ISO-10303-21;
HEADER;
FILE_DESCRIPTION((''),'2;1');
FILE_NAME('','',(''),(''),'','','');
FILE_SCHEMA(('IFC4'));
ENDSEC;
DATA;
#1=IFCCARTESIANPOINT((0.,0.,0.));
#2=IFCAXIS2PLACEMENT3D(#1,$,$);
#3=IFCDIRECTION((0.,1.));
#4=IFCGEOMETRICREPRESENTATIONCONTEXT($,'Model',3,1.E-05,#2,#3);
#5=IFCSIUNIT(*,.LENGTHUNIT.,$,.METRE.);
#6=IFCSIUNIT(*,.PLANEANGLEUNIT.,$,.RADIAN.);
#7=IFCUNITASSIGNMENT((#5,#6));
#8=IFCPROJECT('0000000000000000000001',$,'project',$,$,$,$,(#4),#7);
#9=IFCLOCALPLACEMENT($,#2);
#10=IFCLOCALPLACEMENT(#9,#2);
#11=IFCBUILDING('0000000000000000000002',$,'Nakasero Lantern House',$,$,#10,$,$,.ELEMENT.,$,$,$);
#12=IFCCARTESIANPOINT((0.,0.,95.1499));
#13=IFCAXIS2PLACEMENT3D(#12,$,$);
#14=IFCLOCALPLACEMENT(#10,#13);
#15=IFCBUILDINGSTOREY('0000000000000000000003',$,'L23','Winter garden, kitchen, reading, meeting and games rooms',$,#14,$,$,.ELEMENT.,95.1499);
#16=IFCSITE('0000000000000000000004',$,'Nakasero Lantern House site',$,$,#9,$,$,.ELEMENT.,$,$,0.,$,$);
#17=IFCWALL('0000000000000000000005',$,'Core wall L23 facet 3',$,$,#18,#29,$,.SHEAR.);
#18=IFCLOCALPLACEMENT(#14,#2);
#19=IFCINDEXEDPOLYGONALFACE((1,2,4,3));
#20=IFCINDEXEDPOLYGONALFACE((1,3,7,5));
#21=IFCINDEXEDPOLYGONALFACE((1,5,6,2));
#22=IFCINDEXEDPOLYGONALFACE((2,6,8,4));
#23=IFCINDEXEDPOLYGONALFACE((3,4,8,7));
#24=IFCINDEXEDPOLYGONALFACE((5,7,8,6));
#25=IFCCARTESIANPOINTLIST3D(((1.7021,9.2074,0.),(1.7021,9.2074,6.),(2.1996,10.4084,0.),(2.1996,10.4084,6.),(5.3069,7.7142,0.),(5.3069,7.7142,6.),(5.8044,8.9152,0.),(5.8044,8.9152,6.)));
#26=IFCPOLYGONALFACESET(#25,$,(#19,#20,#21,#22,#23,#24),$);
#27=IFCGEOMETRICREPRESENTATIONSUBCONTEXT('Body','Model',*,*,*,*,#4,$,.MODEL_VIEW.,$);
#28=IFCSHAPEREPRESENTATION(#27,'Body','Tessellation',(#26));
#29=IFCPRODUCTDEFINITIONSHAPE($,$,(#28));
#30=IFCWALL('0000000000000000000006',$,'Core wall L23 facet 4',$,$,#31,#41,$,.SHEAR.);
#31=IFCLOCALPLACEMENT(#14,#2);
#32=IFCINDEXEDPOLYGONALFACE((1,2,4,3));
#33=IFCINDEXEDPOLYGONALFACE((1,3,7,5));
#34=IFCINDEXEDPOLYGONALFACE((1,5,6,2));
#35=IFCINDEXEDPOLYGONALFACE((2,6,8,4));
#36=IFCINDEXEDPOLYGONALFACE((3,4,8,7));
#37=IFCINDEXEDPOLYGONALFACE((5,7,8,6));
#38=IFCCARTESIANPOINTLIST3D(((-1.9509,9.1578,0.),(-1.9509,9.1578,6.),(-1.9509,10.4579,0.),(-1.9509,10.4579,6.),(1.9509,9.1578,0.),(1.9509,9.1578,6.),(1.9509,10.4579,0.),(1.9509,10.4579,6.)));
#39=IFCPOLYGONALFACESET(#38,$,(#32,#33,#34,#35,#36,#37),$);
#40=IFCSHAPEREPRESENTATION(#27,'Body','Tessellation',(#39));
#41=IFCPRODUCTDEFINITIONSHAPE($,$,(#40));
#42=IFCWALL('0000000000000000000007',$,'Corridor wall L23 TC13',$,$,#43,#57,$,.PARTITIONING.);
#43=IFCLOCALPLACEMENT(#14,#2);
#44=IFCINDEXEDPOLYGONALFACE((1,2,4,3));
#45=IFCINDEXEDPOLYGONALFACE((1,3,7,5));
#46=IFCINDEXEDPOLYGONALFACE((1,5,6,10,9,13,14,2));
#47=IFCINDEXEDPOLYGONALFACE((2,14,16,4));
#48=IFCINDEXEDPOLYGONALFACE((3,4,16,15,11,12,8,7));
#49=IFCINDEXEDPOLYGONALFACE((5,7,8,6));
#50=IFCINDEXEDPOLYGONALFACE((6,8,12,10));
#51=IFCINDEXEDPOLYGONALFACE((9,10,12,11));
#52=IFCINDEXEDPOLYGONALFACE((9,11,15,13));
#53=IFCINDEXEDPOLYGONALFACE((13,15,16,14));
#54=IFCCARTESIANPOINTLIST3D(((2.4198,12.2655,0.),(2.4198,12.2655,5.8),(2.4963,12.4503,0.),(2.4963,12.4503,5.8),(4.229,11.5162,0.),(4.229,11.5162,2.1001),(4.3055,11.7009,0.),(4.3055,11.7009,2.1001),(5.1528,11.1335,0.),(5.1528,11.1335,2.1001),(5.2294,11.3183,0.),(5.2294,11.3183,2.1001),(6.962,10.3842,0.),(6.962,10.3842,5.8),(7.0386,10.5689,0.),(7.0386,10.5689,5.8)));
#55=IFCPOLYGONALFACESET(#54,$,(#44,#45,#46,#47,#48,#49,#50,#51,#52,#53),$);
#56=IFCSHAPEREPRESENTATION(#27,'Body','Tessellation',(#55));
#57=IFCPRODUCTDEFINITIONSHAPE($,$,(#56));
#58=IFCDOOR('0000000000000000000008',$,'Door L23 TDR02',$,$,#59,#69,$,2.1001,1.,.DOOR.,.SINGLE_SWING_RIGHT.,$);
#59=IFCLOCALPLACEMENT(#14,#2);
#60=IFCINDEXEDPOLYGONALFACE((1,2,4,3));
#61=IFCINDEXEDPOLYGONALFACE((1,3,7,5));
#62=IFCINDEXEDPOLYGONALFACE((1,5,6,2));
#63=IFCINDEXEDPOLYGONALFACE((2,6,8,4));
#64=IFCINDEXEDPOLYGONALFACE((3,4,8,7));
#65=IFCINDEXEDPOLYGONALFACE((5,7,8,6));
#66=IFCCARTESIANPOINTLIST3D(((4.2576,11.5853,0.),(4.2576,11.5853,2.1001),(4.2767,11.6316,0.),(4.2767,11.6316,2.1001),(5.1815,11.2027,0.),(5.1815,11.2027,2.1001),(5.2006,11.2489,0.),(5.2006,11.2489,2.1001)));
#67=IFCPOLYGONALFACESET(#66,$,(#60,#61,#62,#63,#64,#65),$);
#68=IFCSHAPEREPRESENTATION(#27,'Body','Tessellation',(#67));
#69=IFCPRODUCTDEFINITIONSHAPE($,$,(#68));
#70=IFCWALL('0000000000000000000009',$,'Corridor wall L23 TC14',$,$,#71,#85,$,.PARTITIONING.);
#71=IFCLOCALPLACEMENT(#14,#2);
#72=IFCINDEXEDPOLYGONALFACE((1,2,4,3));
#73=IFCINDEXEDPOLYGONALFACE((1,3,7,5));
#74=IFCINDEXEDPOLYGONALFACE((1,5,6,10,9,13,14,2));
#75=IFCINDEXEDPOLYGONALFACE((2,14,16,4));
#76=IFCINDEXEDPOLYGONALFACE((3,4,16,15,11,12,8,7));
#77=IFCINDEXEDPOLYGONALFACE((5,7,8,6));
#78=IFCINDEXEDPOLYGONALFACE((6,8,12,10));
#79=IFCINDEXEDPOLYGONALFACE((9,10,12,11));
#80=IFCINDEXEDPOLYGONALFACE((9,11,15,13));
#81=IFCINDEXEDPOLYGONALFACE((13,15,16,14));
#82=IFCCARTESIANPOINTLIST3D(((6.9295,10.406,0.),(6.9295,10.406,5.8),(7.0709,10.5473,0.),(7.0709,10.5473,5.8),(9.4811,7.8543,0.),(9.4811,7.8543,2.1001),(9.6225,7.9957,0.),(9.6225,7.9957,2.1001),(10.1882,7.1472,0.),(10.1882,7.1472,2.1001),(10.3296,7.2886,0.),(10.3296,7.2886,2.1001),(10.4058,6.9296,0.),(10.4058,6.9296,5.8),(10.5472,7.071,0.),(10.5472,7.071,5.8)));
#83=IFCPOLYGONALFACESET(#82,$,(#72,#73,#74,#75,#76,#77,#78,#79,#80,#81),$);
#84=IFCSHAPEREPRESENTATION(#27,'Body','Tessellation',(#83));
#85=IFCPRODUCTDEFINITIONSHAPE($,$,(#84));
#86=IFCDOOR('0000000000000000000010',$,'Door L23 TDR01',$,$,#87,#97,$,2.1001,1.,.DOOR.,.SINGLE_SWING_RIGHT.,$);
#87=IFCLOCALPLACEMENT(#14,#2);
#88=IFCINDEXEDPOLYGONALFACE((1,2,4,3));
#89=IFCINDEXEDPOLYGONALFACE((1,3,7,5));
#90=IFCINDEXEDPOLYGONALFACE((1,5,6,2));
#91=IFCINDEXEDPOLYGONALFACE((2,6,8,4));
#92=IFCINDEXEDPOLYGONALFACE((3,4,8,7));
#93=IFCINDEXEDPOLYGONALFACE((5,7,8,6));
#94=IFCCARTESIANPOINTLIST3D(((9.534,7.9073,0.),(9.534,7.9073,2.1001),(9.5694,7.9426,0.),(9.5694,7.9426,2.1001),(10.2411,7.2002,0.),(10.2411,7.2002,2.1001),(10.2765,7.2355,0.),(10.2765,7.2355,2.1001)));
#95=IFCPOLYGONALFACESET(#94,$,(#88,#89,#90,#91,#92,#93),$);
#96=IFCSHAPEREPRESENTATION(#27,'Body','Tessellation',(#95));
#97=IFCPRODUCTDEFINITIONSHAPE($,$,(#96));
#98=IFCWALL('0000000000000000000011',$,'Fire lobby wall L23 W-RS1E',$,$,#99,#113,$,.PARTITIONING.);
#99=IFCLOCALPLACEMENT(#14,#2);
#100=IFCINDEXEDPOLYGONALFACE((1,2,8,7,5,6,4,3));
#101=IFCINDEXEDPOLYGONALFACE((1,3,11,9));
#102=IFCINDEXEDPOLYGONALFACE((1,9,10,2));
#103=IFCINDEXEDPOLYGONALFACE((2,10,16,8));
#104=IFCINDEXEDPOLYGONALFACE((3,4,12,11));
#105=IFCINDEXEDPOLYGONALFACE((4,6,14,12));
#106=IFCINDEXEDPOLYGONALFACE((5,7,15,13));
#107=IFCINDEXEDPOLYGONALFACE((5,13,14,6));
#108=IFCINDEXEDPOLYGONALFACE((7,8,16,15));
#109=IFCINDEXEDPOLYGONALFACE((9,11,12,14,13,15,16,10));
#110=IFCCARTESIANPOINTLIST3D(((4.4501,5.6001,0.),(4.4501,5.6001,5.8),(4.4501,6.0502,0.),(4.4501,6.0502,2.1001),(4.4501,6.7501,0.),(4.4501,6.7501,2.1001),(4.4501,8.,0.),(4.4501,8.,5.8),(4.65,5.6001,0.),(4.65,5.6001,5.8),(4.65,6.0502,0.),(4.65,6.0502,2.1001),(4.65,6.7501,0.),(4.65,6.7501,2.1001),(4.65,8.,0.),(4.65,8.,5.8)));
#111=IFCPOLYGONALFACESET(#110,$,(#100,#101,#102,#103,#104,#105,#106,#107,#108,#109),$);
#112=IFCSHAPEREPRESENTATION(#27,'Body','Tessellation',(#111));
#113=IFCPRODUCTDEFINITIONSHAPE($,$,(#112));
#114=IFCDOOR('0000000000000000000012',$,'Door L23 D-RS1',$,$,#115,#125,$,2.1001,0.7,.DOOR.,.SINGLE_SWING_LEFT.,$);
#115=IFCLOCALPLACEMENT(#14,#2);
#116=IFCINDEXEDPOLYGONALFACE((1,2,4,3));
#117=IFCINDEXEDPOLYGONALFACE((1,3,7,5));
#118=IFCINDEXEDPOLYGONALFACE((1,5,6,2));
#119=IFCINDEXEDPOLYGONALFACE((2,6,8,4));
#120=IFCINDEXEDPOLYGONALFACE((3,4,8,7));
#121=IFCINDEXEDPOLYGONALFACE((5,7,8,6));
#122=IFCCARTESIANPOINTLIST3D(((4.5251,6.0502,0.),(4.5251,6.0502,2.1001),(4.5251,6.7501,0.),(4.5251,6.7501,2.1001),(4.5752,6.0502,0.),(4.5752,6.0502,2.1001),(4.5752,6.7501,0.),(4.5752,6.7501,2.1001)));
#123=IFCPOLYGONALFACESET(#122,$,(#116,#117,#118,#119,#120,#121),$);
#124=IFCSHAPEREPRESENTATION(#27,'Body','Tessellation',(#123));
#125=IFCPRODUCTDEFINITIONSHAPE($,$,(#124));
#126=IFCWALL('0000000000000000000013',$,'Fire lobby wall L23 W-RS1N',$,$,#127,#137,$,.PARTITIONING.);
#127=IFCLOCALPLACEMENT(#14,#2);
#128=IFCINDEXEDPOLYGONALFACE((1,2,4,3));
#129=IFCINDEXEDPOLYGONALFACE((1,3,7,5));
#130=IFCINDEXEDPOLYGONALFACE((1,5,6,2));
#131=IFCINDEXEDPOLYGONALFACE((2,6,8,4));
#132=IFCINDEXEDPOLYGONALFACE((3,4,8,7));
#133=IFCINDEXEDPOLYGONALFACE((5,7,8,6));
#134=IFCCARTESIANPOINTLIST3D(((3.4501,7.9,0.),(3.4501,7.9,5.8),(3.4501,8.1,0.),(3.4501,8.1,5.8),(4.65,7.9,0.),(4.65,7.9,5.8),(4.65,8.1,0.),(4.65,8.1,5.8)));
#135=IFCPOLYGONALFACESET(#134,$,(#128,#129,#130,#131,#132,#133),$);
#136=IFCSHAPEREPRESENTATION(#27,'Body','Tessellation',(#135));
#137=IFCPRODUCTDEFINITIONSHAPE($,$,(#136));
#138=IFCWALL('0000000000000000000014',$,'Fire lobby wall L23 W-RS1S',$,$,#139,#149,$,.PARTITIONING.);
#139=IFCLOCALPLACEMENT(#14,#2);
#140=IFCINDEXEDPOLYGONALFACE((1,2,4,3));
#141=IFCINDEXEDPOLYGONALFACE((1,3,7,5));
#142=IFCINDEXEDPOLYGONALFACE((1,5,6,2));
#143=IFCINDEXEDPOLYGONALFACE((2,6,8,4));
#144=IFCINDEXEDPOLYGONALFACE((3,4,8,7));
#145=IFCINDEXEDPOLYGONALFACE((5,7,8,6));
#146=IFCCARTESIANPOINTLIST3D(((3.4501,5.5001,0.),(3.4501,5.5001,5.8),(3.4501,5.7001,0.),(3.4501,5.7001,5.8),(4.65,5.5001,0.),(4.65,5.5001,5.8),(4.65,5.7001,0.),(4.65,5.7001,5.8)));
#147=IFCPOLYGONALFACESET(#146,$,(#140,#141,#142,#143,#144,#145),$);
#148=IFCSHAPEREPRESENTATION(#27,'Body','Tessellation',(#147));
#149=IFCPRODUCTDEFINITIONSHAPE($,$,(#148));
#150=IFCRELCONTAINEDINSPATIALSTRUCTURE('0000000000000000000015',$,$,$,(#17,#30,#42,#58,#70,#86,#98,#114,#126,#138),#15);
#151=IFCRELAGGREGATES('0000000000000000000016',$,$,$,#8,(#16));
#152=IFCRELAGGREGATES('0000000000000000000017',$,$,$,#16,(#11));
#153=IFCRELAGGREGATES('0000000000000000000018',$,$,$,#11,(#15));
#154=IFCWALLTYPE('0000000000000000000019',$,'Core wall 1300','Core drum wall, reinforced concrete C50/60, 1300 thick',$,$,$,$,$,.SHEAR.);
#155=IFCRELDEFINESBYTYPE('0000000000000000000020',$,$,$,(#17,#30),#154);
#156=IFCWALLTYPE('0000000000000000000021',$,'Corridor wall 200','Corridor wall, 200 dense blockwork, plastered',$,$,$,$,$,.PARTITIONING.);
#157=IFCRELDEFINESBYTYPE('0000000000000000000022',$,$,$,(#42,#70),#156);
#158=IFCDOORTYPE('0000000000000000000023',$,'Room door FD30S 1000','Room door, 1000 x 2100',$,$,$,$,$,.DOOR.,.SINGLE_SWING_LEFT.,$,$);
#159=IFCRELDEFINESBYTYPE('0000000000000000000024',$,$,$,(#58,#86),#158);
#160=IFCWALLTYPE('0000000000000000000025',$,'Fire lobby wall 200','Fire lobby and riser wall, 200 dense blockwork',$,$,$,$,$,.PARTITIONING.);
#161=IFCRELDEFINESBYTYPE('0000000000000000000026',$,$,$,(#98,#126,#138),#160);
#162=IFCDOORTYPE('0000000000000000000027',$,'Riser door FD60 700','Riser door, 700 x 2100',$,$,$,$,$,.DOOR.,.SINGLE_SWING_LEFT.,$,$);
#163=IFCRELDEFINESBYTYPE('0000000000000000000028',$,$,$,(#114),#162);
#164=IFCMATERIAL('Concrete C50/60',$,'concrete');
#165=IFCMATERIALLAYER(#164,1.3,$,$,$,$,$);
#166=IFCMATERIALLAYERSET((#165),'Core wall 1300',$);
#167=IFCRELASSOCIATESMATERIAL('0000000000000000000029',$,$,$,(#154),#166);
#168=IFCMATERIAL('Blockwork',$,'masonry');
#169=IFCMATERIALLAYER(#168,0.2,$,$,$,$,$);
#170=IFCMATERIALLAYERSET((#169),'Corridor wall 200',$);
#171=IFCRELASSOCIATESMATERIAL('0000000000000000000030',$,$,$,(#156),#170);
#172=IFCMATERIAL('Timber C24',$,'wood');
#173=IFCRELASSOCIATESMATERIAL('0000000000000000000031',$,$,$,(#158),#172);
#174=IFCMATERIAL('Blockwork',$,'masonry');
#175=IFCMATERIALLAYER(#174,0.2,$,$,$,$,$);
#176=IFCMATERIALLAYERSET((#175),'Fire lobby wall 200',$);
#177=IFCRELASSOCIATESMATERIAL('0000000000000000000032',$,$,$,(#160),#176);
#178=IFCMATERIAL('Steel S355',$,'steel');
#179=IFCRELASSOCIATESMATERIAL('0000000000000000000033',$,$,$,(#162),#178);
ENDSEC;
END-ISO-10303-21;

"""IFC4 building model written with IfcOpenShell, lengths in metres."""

from ifc_helpers import new_model, si_unit, direction, frame, frame_2d, origin, place, context, subcontext, project, spatial, rectangle, extrude, material, layer, layer_set, type_object, element, fill, save


model = new_model("IFC4")

# Units and contexts
model_context = context("Model", 3, precision=1e-05, world=origin(), true_north=direction((0.0, 1.0)))
body_context = subcontext(model_context, "Body", "Model", "MODEL_VIEW")
ifc_project = project(units=[si_unit("LENGTHUNIT", "METRE"), si_unit("PLANEANGLEUNIT", "RADIAN")], contexts=[model_context])

# Site, building, storey
site_placement = place(None, origin())
site = spatial("IfcSite", under=ifc_project, at=site_placement, Name="Nakasero Lantern House site", CompositionType="ELEMENT", RefElevation=0.0)
building_placement = place(site_placement, origin())
building = spatial("IfcBuilding", under=site, at=building_placement, Name="Nakasero Lantern House", CompositionType="ELEMENT")
storey_placement = place(building_placement, frame((0.0, 0.0, 95.1499)))
storey = spatial("IfcBuildingStorey", under=building, at=storey_placement, Name="L23", Description="Winter garden, kitchen, reading, meeting and games rooms", CompositionType="ELEMENT", Elevation=95.1499)

# Shared definitions
ifc_material_1 = material(Name="Concrete C50/60", Category="concrete")
ifc_layer_1 = layer(ifc_material_1, 1.3)
ifc_layer_set_1 = layer_set([ifc_layer_1], Name="Core wall 1300")
wall_type_1 = type_object("IfcWallType", Name="Core wall 1300", Description="Core drum wall, reinforced concrete C50/60, 1300 thick", PredefinedType="SHEAR", material=ifc_layer_set_1)

# Walls
for number, where, z_axis, x_axis, name in (
    (1, (5.5557, 8.3147, 0.0), (0.0, 0.0, 1.0), (-0.923877, 0.382691, 0.0), "Core wall L23 facet 3"),
    (2, (1.9509, 9.8079, 0.0), (0.0, 0.0, 1.0), (-1.0, 0.0, 0.0), "Core wall L23 facet 4"),
):
    element("IfcWall", number, at=place(storey_placement, frame(where, z_axis=z_axis, x_axis=x_axis)), inside=storey, type_object=wall_type_1, Name=name, PredefinedType="SHEAR", context=body_context, shape_type="SweptSolid", body=[
        extrude(rectangle(XDim=3.9019, YDim=1.3, at=frame_2d((1.9509, 0.0))), origin(), (0.0, 0.0, 1.0), 6.0),
    ])

# Walls, openings, doors
ifc_material_2 = material(Name="Blockwork", Category="masonry")
ifc_layer_2 = layer(ifc_material_2, 0.2)
ifc_layer_set_2 = layer_set([ifc_layer_2], Name="Corridor wall 200")
wall_type_2 = type_object("IfcWallType", Name="Corridor wall 200", Description="Corridor wall, 200 dense blockwork, plastered", PredefinedType="PARTITIONING", material=ifc_layer_set_2)
wall_1_placement = place(storey_placement, frame((2.458, 12.3579, 0.0), z_axis=(0.0, 0.0, 1.0), x_axis=(0.923887, -0.382665, 0.0)))
wall_1 = element("IfcWall", 3, at=wall_1_placement, inside=storey, type_object=wall_type_2, Name="Corridor wall L23 TC13", PredefinedType="PARTITIONING", context=body_context, shape_type="SweptSolid", body=[
    extrude(rectangle(XDim=4.9165, YDim=0.2, at=frame_2d((2.4583, 0.0))), origin(), (0.0, 0.0, 1.0), 5.8),
])
opening_1_placement = place(wall_1_placement, frame((1.9583, 0.0, 0.0)))
opening_1 = element("IfcOpeningElement", 4, at=opening_1_placement, cuts=wall_1, PredefinedType="OPENING", context=body_context, shape_type="SweptSolid", body=[
    extrude(rectangle(XDim=1.0, YDim=2.1001, at=frame_2d((0.5, 1.05))), frame((0.0, 0.1199, 0.0), z_axis=(0.0, -1.0, 0.0), x_axis=(1.0, 0.0, 0.0)), (0.0, 0.0, 1.0), 0.24),
])
ifc_material_3 = material(Name="Timber C24", Category="wood")
door_type_1 = type_object("IfcDoorType", Name="Room door FD30S 1000", Description="Room door, 1000 x 2100", OperationType="SINGLE_SWING_LEFT", PredefinedType="DOOR", material=ifc_material_3)
door_1_placement = place(opening_1_placement, origin())
door_1 = element("IfcDoor", 5, at=door_1_placement, inside=storey, type_object=door_type_1, Name="Door L23 TDR02", OperationType="SINGLE_SWING_RIGHT", OverallHeight=2.1001, OverallWidth=1.0, PredefinedType="DOOR", context=body_context, shape_type="SweptSolid", body=[
    extrude(rectangle(XDim=1.0, YDim=2.1001, at=frame_2d((0.5, 1.05))), frame((0.0, 0.0249, 0.0), z_axis=(0.0, -1.0, 0.0), x_axis=(1.0, 0.0, 0.0)), (0.0, 0.0, 1.0), 0.05),
])
fill(opening_1, door_1)
wall_2_placement = place(storey_placement, frame((7.0002, 10.4766, 0.0), z_axis=(0.0, 0.0, 1.0), x_axis=(0.707107, -0.707107, 0.0)))
wall_2 = element("IfcWall", 6, at=wall_2_placement, inside=storey, type_object=wall_type_2, Name="Corridor wall L23 TC14", PredefinedType="PARTITIONING", context=body_context, shape_type="SweptSolid", body=[
    extrude(rectangle(XDim=4.9163, YDim=0.2, at=frame_2d((2.458, 0.0))), origin(), (0.0, 0.0, 1.0), 5.8),
])
opening_2_placement = place(wall_2_placement, frame((3.6084, 0.0, 0.0)))
opening_2 = element("IfcOpeningElement", 7, at=opening_2_placement, cuts=wall_2, PredefinedType="OPENING", context=body_context, shape_type="SweptSolid", body=[
    extrude(rectangle(XDim=1.0, YDim=2.1001, at=frame_2d((0.5, 1.05))), frame((0.0, 0.1199, 0.0), z_axis=(0.0, -1.0, 0.0), x_axis=(1.0, 0.0, 0.0)), (0.0, 0.0, 1.0), 0.24),
])
door_2_placement = place(opening_2_placement, origin())
door_2 = element("IfcDoor", 8, at=door_2_placement, inside=storey, type_object=door_type_1, Name="Door L23 TDR01", OperationType="SINGLE_SWING_RIGHT", OverallHeight=2.1001, OverallWidth=1.0, PredefinedType="DOOR", context=body_context, shape_type="SweptSolid", body=[
    extrude(rectangle(XDim=1.0, YDim=2.1001, at=frame_2d((0.5, 1.05))), frame((0.0, 0.0249, 0.0), z_axis=(0.0, -1.0, 0.0), x_axis=(1.0, 0.0, 0.0)), (0.0, 0.0, 1.0), 0.05),
])
fill(opening_2, door_2)
ifc_material_4 = material(Name="Blockwork", Category="masonry")
ifc_layer_3 = layer(ifc_material_4, 0.2)
ifc_layer_set_3 = layer_set([ifc_layer_3], Name="Fire lobby wall 200")
wall_type_3 = type_object("IfcWallType", Name="Fire lobby wall 200", Description="Fire lobby and riser wall, 200 dense blockwork", PredefinedType="PARTITIONING", material=ifc_layer_set_3)
wall_3_placement = place(storey_placement, frame((4.55, 5.6001, 0.0), z_axis=(0.0, 0.0, 1.0), x_axis=(0.0, 1.0, 0.0)))
wall_3 = element("IfcWall", 9, at=wall_3_placement, inside=storey, type_object=wall_type_3, Name="Fire lobby wall L23 W-RS1E", PredefinedType="PARTITIONING", context=body_context, shape_type="SweptSolid", body=[
    extrude(rectangle(XDim=2.3999, YDim=0.2, at=frame_2d((1.2, 0.0))), origin(), (0.0, 0.0, 1.0), 5.8),
])
opening_3_placement = place(wall_3_placement, frame((0.45, 0.0, 0.0)))
opening_3 = element("IfcOpeningElement", 10, at=opening_3_placement, cuts=wall_3, PredefinedType="OPENING", context=body_context, shape_type="SweptSolid", body=[
    extrude(rectangle(XDim=0.7, YDim=2.1001, at=frame_2d((0.3501, 1.05))), frame((0.0, 0.1199, 0.0), z_axis=(0.0, -1.0, 0.0), x_axis=(1.0, 0.0, 0.0)), (0.0, 0.0, 1.0), 0.24),
])
ifc_material_5 = material(Name="Steel S355", Category="steel")
door_type_2 = type_object("IfcDoorType", Name="Riser door FD60 700", Description="Riser door, 700 x 2100", OperationType="SINGLE_SWING_LEFT", PredefinedType="DOOR", material=ifc_material_5)
door_3_placement = place(opening_3_placement, origin())
door_3 = element("IfcDoor", 11, at=door_3_placement, inside=storey, type_object=door_type_2, Name="Door L23 D-RS1", OperationType="SINGLE_SWING_LEFT", OverallHeight=2.1001, OverallWidth=0.7, PredefinedType="DOOR", context=body_context, shape_type="SweptSolid", body=[
    extrude(rectangle(XDim=0.7, YDim=2.1001, at=frame_2d((0.3501, 1.05))), frame((0.0, 0.0249, 0.0), z_axis=(0.0, -1.0, 0.0), x_axis=(1.0, 0.0, 0.0)), (0.0, 0.0, 1.0), 0.05),
])
fill(opening_3, door_3)

# Walls
for number, where, z_axis, x_axis, name in (
    (12, (3.45, 8.0, 0.0), (0.0, 0.0, 1.0), (1.0, 0.0, 0.0), "Fire lobby wall L23 W-RS1N"),
    (13, (3.45, 5.6001, 0.0), (0.0, 0.0, 1.0), (1.0, 0.0, 0.0), "Fire lobby wall L23 W-RS1S"),
):
    element("IfcWall", number, at=place(storey_placement, frame(where, z_axis=z_axis, x_axis=x_axis)), inside=storey, type_object=wall_type_3, Name=name, PredefinedType="PARTITIONING", context=body_context, shape_type="SweptSolid", body=[
        extrude(rectangle(XDim=1.2, YDim=0.2, at=frame_2d((0.6001, 0.0))), origin(), (0.0, 0.0, 1.0), 5.8),
    ])

save(model, "model.ifc")
